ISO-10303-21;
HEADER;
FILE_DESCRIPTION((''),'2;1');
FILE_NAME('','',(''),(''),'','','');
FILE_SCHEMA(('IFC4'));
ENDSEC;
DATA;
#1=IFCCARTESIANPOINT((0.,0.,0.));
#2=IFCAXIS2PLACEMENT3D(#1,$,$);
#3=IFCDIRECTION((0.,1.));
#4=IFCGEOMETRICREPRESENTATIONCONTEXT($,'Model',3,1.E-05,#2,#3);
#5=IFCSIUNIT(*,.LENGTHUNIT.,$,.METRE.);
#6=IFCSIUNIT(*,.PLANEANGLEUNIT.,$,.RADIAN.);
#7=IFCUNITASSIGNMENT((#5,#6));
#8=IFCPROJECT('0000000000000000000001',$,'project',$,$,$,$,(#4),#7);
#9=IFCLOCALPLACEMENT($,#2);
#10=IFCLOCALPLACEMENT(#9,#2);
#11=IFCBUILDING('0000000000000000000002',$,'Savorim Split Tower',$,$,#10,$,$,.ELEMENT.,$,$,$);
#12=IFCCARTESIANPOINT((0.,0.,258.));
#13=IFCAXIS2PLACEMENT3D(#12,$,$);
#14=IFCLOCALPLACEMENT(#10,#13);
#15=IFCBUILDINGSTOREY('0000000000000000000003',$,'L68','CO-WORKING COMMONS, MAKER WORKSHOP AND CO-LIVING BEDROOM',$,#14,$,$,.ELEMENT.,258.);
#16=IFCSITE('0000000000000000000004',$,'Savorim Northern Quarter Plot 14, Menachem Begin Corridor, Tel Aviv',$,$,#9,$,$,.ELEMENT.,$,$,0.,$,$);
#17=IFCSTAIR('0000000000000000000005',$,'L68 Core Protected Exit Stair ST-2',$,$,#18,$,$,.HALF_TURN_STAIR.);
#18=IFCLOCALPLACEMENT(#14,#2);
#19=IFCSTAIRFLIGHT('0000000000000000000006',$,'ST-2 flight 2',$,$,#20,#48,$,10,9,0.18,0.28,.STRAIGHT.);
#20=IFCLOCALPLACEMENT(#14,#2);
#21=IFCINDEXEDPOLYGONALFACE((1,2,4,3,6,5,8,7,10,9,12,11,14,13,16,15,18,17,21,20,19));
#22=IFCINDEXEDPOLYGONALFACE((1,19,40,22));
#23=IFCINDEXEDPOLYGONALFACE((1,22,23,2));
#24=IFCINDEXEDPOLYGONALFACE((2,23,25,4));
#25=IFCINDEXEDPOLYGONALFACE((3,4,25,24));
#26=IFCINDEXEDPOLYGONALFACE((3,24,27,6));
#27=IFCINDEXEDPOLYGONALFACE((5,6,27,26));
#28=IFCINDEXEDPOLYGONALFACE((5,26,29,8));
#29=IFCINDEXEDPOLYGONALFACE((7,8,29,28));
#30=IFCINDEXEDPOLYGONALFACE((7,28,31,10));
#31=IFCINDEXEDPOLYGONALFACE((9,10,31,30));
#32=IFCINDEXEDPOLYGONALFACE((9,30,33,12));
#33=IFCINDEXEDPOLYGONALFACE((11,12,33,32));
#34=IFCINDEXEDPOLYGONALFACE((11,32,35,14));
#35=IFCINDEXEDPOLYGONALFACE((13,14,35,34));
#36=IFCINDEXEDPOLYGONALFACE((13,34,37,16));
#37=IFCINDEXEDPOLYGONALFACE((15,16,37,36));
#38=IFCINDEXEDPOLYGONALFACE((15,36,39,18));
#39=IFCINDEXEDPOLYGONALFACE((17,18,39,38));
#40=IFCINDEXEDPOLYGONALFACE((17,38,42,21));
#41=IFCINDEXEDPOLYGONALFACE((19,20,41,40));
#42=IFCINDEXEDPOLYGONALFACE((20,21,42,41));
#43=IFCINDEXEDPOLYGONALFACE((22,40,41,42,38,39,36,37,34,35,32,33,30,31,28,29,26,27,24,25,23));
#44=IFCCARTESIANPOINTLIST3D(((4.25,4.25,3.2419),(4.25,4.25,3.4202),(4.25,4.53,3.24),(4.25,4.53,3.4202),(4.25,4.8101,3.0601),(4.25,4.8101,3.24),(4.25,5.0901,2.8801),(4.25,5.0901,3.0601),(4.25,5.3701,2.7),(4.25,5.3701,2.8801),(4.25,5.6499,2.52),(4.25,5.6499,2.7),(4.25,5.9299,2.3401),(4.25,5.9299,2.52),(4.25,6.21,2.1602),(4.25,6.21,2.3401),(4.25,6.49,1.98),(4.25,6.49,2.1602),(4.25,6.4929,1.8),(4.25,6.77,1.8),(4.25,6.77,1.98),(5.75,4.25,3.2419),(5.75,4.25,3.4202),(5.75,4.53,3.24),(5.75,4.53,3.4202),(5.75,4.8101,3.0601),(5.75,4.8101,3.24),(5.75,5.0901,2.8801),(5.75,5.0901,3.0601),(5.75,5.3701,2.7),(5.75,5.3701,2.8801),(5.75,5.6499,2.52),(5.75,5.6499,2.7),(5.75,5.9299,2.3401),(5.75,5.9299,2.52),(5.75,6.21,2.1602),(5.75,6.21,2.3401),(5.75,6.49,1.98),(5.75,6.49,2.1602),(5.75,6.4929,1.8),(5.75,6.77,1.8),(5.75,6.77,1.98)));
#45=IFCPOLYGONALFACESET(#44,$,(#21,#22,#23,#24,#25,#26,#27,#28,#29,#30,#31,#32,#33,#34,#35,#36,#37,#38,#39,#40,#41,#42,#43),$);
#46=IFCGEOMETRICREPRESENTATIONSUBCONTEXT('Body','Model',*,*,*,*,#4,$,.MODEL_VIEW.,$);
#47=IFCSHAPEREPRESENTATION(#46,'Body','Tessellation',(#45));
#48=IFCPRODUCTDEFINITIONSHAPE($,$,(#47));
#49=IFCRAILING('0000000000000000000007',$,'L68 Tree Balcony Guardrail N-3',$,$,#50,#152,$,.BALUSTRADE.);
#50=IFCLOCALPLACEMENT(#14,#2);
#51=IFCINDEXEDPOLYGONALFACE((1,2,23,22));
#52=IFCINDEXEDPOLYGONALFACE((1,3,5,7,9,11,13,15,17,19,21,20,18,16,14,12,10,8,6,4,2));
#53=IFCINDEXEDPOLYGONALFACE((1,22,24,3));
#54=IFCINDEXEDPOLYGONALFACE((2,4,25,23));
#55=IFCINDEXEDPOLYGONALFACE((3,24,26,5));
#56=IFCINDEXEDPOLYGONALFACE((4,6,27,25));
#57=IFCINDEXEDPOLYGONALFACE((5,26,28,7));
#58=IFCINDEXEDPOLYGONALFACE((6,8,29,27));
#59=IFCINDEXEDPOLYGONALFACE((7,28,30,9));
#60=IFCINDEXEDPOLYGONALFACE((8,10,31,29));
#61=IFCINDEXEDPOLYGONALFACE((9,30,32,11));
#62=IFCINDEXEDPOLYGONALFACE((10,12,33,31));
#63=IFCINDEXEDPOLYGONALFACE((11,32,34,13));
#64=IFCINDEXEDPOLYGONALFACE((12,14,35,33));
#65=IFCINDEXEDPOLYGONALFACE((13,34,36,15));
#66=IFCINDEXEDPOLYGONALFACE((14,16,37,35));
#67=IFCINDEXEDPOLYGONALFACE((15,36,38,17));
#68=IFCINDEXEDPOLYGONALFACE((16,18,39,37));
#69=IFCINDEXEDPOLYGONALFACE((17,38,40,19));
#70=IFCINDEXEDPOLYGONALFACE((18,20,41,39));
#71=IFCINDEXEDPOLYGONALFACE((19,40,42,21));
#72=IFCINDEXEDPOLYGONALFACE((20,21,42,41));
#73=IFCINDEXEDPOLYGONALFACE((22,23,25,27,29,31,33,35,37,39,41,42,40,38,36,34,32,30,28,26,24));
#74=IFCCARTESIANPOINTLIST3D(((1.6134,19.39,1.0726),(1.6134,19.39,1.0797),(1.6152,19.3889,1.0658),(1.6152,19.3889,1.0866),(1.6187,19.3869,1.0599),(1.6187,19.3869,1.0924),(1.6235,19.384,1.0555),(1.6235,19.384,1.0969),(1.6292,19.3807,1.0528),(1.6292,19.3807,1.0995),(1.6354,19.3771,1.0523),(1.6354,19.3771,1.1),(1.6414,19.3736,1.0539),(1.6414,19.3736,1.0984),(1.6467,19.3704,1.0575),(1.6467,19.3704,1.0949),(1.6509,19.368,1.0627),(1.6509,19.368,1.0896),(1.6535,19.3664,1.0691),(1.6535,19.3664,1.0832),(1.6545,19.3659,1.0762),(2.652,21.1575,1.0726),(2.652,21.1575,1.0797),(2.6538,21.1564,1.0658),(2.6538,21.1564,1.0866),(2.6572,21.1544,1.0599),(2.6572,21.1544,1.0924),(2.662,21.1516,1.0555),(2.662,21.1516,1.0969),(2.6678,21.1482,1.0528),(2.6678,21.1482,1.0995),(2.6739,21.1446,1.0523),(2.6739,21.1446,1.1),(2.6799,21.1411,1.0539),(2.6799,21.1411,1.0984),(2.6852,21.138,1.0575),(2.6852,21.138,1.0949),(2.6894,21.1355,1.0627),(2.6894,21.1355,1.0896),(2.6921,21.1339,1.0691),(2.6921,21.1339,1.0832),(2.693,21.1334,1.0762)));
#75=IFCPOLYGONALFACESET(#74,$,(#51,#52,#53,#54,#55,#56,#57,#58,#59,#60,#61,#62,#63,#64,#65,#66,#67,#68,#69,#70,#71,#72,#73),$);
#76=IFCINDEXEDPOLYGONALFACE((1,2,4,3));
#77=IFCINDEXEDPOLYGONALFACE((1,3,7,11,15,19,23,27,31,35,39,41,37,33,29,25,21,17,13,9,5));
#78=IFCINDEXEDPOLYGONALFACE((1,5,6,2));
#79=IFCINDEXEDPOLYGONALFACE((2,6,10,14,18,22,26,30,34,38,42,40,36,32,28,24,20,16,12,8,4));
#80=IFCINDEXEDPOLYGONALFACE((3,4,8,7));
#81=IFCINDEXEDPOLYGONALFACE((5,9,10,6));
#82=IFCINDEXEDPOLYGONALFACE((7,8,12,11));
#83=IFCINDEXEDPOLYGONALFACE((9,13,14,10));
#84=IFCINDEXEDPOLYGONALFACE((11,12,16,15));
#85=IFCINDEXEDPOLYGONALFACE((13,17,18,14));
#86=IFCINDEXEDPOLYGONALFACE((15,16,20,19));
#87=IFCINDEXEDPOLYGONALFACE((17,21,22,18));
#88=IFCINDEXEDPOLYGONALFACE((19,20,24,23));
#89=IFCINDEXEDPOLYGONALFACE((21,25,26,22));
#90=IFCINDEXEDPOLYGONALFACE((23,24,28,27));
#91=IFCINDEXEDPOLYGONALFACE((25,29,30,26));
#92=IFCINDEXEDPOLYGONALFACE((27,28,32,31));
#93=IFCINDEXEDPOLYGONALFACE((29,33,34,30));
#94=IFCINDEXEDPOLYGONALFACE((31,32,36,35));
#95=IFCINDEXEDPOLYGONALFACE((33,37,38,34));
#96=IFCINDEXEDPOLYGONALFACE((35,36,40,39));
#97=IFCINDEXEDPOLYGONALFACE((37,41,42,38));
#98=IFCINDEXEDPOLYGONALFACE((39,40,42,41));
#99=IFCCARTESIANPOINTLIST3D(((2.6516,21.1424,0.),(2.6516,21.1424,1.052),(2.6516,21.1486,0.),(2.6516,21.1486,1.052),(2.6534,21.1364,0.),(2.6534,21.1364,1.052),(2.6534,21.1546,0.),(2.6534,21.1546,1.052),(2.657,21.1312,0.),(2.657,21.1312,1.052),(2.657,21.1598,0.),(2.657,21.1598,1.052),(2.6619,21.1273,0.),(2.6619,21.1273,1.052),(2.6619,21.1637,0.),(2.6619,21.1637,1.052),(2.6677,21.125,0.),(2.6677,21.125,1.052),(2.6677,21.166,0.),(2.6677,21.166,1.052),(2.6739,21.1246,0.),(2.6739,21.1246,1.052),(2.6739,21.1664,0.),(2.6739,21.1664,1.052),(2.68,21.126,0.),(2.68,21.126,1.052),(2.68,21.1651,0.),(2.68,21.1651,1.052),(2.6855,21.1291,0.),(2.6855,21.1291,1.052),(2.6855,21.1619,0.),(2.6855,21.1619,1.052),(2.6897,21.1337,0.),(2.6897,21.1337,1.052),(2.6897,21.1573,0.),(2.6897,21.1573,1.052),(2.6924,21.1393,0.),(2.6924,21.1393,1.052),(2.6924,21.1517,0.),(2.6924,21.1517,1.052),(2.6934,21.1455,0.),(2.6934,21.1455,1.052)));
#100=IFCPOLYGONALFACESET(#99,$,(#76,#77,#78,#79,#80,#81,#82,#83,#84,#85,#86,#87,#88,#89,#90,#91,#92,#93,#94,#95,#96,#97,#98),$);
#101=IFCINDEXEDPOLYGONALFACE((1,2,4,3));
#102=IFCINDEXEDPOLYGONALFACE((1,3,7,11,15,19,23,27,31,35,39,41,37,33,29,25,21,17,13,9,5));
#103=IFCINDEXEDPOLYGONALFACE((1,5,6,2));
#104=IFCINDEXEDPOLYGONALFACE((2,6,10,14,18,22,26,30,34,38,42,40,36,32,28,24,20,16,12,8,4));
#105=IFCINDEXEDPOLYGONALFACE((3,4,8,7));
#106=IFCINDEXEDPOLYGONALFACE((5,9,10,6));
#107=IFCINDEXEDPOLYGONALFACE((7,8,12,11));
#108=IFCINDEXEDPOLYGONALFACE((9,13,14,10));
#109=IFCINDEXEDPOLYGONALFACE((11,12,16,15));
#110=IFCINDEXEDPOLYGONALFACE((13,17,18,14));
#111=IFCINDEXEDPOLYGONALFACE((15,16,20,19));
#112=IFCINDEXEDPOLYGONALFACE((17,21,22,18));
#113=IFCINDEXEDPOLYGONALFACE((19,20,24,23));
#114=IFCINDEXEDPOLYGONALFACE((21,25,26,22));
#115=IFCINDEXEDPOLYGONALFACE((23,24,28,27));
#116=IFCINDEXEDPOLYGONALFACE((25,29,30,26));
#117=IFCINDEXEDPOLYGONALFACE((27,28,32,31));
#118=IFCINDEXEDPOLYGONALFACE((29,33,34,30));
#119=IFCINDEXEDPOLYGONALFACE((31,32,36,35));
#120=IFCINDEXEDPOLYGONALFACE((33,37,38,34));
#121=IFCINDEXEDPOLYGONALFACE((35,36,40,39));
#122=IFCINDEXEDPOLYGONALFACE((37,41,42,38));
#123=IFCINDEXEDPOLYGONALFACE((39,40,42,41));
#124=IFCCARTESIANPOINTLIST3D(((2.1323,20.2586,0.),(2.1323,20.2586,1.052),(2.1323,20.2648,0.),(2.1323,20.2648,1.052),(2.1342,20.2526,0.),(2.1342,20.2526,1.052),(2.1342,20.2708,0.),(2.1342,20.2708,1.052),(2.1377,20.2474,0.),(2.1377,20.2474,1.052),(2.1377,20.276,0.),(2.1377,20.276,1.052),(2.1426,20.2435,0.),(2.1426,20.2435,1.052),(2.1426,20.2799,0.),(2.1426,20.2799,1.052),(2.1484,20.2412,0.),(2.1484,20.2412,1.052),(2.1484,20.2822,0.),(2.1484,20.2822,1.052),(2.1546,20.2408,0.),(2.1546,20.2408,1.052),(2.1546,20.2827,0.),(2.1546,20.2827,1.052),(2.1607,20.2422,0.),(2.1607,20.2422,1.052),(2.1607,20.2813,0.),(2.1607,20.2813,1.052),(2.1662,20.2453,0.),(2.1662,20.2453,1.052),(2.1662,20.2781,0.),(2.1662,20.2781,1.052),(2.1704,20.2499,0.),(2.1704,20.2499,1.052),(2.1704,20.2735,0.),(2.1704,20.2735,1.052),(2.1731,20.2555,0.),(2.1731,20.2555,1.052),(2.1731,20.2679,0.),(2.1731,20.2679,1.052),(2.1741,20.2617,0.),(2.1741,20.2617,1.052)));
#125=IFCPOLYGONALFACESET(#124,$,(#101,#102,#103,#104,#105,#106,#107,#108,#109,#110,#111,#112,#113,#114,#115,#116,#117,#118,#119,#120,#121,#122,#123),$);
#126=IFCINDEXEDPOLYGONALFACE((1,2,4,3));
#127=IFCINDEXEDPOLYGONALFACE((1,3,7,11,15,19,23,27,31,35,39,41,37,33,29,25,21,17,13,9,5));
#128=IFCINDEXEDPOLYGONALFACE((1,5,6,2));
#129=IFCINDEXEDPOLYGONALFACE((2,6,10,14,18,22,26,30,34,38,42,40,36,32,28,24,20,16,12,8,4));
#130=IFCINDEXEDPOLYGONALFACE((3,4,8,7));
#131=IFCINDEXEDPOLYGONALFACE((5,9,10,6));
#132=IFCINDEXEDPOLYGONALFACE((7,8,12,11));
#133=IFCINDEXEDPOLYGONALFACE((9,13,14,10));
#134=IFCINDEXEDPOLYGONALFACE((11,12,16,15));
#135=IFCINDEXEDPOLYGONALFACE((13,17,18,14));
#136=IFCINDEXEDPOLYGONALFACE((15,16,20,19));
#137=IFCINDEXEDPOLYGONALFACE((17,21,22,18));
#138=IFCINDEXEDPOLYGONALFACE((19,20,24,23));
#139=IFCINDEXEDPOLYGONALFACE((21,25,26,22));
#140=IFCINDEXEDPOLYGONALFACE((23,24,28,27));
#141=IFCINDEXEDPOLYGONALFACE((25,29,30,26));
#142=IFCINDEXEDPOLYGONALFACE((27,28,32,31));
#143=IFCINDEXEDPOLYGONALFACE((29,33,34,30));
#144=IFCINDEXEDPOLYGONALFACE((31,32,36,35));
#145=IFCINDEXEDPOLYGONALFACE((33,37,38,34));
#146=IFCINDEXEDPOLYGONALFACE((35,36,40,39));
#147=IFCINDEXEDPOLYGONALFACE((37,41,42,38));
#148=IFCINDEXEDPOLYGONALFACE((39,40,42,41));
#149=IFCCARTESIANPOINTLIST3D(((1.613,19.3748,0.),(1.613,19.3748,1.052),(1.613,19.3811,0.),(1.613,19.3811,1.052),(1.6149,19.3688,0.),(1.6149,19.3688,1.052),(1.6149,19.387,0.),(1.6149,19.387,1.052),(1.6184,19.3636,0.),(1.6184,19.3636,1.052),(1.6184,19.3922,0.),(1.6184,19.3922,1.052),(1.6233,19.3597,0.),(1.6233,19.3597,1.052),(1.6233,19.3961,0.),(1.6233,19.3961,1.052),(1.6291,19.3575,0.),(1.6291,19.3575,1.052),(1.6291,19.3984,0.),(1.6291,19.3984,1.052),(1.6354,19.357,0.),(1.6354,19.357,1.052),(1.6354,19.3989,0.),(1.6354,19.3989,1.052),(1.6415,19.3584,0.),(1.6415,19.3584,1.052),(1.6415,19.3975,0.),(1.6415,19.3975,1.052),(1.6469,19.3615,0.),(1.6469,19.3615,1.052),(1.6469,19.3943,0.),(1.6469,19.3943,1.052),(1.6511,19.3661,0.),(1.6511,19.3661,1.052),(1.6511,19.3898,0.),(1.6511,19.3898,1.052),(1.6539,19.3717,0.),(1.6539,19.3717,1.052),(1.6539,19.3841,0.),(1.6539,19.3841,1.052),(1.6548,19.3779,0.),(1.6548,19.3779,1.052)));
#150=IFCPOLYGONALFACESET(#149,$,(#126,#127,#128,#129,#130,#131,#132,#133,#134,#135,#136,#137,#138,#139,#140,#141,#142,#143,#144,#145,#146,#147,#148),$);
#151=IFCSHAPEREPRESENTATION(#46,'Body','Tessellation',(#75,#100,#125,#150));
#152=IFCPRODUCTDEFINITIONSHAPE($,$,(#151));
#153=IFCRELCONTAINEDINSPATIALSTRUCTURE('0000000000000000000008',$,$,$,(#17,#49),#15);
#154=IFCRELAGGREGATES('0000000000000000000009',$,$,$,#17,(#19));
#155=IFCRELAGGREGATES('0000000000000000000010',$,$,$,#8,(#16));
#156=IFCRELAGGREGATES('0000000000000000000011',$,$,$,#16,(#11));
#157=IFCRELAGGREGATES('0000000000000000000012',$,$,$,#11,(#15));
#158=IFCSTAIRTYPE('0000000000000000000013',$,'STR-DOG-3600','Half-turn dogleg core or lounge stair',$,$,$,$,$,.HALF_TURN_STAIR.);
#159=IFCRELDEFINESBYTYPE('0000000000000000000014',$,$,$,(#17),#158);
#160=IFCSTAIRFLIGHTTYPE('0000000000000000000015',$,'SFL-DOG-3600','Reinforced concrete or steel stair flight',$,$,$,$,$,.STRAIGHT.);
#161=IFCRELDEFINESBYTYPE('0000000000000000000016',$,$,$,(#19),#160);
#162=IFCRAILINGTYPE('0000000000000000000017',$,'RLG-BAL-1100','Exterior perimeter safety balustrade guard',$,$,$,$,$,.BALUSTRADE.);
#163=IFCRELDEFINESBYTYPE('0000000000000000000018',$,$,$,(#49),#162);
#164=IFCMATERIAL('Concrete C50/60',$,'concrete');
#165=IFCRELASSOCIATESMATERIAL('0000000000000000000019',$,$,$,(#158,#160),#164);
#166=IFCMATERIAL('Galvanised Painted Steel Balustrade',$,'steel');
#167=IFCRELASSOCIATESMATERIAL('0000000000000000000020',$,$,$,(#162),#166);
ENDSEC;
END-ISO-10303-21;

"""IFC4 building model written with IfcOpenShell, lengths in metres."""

from ifc_helpers import new_model, si_unit, direction, frame, origin, origin_2d, place, context, subcontext, project, spatial, polyline, circle, outline, extrude, material, type_object, element, aggregate, save


model = new_model("IFC4")

# Units and contexts
model_context = context("Model", 3, precision=1e-05, world=origin(), true_north=direction((0.0, 1.0)))
body_context = subcontext(model_context, "Body", "Model", "MODEL_VIEW")
ifc_project = project(units=[si_unit("LENGTHUNIT", "METRE"), si_unit("PLANEANGLEUNIT", "RADIAN")], contexts=[model_context])

# Site, building, storey
site_placement = place(None, origin())
site = spatial("IfcSite", under=ifc_project, at=site_placement, Name="Savorim Northern Quarter Plot 14, Menachem Begin Corridor, Tel Aviv", CompositionType="ELEMENT", RefElevation=0.0)
building_placement = place(site_placement, origin())
building = spatial("IfcBuilding", under=site, at=building_placement, Name="Savorim Split Tower", CompositionType="ELEMENT")
storey_placement = place(building_placement, frame((0.0, 0.0, 258.0)))
storey = spatial("IfcBuildingStorey", under=building, at=storey_placement, Name="L68", Description="CO-WORKING COMMONS, MAKER WORKSHOP AND CO-LIVING BEDROOM", CompositionType="ELEMENT", Elevation=258.0)

# Stair, stair flight
ifc_material_1 = material(Name="Concrete C50/60", Category="concrete")
stair_type = type_object("IfcStairType", Name="STR-DOG-3600", Description="Half-turn dogleg core or lounge stair", PredefinedType="HALF_TURN_STAIR", material=ifc_material_1)
stair_placement = place(storey_placement, origin())
stair = element("IfcStair", 1, at=stair_placement, inside=storey, type_object=stair_type, Name="L68 Core Protected Exit Stair ST-2", PredefinedType="HALF_TURN_STAIR")
stair_flight_type = type_object("IfcStairFlightType", Name="SFL-DOG-3600", Description="Reinforced concrete or steel stair flight", PredefinedType="STRAIGHT", material=ifc_material_1)
stair_flight_placement = place(storey_placement, frame((5.0, 6.77, 1.8), z_axis=(0.0, 0.0, 1.0), x_axis=(0.0, -1.0, 0.0)))
stair_flight = element("IfcStairFlight", 2, at=stair_flight_placement, type_object=stair_flight_type, Name="ST-2 flight 2", NumberOfRisers=10, NumberOfTreads=9, PredefinedType="STRAIGHT", RiserHeight=0.18, TreadLength=0.28, context=body_context, shape_type="SweptSolid", body=[
    extrude(outline(polyline([(0.0, 0.0), (0.0, 0.1799), (0.28, 0.1799), (0.28, 0.3601), (0.5601, 0.3601), (0.5601, 0.54), (0.8401, 0.54), (0.8401, 0.72), (1.1201, 0.72), (1.1201, 0.8999), (1.3999, 0.8999), (1.3999, 1.0801), (1.6799, 1.0801), (1.6799, 1.26), (1.96, 1.26), (1.96, 1.4399), (2.24, 1.4399), (2.24, 1.6201), (2.52, 1.6201), (2.52, 1.8), (2.52, 1.4419), (0.2771, 0.0), (0.0, 0.0)])), frame((0.0, 0.75, 0.0), z_axis=(0.0, -1.0, 0.0), x_axis=(1.0, 0.0, 0.0)), (0.0, 0.0, 1.0), 1.5),
])
aggregate(stair, [stair_flight])

# Railing
ifc_material_2 = material(Name="Galvanised Painted Steel Balustrade", Category="steel")
railing_type_1 = type_object("IfcRailingType", Name="RLG-BAL-1100", Description="Exterior perimeter safety balustrade guard", PredefinedType="BALUSTRADE", material=ifc_material_2)
railing_1_placement = place(storey_placement, frame((2.6724, 21.1455, 0.0)))
element("IfcRailing", 3, at=railing_1_placement, inside=storey, type_object=railing_type_1, Name="L68 Tree Balcony Guardrail N-3", PredefinedType="BALUSTRADE", context=body_context, shape_type="SweptSolid", body=[
    extrude(circle(Radius=0.0239, at=origin_2d()), frame((0.0, 0.0, 1.0762), z_axis=(-0.506593, -0.862185, 0.0), x_axis=(0.862185, -0.506593, 0.0)), (0.0, 0.0, 1.0), 2.05),
    extrude(circle(Radius=0.021, at=origin_2d()), origin(), (0.0, 0.0, 1.0), 1.052),
    extrude(circle(Radius=0.021, at=origin_2d()), frame((-0.5193, -0.8838, 0.0)), (0.0, 0.0, 1.0), 1.052),
    extrude(circle(Radius=0.021, at=origin_2d()), frame((-1.0386, -1.7676, 0.0)), (0.0, 0.0, 1.0), 1.052),
])

save(model, "model.ifc")
